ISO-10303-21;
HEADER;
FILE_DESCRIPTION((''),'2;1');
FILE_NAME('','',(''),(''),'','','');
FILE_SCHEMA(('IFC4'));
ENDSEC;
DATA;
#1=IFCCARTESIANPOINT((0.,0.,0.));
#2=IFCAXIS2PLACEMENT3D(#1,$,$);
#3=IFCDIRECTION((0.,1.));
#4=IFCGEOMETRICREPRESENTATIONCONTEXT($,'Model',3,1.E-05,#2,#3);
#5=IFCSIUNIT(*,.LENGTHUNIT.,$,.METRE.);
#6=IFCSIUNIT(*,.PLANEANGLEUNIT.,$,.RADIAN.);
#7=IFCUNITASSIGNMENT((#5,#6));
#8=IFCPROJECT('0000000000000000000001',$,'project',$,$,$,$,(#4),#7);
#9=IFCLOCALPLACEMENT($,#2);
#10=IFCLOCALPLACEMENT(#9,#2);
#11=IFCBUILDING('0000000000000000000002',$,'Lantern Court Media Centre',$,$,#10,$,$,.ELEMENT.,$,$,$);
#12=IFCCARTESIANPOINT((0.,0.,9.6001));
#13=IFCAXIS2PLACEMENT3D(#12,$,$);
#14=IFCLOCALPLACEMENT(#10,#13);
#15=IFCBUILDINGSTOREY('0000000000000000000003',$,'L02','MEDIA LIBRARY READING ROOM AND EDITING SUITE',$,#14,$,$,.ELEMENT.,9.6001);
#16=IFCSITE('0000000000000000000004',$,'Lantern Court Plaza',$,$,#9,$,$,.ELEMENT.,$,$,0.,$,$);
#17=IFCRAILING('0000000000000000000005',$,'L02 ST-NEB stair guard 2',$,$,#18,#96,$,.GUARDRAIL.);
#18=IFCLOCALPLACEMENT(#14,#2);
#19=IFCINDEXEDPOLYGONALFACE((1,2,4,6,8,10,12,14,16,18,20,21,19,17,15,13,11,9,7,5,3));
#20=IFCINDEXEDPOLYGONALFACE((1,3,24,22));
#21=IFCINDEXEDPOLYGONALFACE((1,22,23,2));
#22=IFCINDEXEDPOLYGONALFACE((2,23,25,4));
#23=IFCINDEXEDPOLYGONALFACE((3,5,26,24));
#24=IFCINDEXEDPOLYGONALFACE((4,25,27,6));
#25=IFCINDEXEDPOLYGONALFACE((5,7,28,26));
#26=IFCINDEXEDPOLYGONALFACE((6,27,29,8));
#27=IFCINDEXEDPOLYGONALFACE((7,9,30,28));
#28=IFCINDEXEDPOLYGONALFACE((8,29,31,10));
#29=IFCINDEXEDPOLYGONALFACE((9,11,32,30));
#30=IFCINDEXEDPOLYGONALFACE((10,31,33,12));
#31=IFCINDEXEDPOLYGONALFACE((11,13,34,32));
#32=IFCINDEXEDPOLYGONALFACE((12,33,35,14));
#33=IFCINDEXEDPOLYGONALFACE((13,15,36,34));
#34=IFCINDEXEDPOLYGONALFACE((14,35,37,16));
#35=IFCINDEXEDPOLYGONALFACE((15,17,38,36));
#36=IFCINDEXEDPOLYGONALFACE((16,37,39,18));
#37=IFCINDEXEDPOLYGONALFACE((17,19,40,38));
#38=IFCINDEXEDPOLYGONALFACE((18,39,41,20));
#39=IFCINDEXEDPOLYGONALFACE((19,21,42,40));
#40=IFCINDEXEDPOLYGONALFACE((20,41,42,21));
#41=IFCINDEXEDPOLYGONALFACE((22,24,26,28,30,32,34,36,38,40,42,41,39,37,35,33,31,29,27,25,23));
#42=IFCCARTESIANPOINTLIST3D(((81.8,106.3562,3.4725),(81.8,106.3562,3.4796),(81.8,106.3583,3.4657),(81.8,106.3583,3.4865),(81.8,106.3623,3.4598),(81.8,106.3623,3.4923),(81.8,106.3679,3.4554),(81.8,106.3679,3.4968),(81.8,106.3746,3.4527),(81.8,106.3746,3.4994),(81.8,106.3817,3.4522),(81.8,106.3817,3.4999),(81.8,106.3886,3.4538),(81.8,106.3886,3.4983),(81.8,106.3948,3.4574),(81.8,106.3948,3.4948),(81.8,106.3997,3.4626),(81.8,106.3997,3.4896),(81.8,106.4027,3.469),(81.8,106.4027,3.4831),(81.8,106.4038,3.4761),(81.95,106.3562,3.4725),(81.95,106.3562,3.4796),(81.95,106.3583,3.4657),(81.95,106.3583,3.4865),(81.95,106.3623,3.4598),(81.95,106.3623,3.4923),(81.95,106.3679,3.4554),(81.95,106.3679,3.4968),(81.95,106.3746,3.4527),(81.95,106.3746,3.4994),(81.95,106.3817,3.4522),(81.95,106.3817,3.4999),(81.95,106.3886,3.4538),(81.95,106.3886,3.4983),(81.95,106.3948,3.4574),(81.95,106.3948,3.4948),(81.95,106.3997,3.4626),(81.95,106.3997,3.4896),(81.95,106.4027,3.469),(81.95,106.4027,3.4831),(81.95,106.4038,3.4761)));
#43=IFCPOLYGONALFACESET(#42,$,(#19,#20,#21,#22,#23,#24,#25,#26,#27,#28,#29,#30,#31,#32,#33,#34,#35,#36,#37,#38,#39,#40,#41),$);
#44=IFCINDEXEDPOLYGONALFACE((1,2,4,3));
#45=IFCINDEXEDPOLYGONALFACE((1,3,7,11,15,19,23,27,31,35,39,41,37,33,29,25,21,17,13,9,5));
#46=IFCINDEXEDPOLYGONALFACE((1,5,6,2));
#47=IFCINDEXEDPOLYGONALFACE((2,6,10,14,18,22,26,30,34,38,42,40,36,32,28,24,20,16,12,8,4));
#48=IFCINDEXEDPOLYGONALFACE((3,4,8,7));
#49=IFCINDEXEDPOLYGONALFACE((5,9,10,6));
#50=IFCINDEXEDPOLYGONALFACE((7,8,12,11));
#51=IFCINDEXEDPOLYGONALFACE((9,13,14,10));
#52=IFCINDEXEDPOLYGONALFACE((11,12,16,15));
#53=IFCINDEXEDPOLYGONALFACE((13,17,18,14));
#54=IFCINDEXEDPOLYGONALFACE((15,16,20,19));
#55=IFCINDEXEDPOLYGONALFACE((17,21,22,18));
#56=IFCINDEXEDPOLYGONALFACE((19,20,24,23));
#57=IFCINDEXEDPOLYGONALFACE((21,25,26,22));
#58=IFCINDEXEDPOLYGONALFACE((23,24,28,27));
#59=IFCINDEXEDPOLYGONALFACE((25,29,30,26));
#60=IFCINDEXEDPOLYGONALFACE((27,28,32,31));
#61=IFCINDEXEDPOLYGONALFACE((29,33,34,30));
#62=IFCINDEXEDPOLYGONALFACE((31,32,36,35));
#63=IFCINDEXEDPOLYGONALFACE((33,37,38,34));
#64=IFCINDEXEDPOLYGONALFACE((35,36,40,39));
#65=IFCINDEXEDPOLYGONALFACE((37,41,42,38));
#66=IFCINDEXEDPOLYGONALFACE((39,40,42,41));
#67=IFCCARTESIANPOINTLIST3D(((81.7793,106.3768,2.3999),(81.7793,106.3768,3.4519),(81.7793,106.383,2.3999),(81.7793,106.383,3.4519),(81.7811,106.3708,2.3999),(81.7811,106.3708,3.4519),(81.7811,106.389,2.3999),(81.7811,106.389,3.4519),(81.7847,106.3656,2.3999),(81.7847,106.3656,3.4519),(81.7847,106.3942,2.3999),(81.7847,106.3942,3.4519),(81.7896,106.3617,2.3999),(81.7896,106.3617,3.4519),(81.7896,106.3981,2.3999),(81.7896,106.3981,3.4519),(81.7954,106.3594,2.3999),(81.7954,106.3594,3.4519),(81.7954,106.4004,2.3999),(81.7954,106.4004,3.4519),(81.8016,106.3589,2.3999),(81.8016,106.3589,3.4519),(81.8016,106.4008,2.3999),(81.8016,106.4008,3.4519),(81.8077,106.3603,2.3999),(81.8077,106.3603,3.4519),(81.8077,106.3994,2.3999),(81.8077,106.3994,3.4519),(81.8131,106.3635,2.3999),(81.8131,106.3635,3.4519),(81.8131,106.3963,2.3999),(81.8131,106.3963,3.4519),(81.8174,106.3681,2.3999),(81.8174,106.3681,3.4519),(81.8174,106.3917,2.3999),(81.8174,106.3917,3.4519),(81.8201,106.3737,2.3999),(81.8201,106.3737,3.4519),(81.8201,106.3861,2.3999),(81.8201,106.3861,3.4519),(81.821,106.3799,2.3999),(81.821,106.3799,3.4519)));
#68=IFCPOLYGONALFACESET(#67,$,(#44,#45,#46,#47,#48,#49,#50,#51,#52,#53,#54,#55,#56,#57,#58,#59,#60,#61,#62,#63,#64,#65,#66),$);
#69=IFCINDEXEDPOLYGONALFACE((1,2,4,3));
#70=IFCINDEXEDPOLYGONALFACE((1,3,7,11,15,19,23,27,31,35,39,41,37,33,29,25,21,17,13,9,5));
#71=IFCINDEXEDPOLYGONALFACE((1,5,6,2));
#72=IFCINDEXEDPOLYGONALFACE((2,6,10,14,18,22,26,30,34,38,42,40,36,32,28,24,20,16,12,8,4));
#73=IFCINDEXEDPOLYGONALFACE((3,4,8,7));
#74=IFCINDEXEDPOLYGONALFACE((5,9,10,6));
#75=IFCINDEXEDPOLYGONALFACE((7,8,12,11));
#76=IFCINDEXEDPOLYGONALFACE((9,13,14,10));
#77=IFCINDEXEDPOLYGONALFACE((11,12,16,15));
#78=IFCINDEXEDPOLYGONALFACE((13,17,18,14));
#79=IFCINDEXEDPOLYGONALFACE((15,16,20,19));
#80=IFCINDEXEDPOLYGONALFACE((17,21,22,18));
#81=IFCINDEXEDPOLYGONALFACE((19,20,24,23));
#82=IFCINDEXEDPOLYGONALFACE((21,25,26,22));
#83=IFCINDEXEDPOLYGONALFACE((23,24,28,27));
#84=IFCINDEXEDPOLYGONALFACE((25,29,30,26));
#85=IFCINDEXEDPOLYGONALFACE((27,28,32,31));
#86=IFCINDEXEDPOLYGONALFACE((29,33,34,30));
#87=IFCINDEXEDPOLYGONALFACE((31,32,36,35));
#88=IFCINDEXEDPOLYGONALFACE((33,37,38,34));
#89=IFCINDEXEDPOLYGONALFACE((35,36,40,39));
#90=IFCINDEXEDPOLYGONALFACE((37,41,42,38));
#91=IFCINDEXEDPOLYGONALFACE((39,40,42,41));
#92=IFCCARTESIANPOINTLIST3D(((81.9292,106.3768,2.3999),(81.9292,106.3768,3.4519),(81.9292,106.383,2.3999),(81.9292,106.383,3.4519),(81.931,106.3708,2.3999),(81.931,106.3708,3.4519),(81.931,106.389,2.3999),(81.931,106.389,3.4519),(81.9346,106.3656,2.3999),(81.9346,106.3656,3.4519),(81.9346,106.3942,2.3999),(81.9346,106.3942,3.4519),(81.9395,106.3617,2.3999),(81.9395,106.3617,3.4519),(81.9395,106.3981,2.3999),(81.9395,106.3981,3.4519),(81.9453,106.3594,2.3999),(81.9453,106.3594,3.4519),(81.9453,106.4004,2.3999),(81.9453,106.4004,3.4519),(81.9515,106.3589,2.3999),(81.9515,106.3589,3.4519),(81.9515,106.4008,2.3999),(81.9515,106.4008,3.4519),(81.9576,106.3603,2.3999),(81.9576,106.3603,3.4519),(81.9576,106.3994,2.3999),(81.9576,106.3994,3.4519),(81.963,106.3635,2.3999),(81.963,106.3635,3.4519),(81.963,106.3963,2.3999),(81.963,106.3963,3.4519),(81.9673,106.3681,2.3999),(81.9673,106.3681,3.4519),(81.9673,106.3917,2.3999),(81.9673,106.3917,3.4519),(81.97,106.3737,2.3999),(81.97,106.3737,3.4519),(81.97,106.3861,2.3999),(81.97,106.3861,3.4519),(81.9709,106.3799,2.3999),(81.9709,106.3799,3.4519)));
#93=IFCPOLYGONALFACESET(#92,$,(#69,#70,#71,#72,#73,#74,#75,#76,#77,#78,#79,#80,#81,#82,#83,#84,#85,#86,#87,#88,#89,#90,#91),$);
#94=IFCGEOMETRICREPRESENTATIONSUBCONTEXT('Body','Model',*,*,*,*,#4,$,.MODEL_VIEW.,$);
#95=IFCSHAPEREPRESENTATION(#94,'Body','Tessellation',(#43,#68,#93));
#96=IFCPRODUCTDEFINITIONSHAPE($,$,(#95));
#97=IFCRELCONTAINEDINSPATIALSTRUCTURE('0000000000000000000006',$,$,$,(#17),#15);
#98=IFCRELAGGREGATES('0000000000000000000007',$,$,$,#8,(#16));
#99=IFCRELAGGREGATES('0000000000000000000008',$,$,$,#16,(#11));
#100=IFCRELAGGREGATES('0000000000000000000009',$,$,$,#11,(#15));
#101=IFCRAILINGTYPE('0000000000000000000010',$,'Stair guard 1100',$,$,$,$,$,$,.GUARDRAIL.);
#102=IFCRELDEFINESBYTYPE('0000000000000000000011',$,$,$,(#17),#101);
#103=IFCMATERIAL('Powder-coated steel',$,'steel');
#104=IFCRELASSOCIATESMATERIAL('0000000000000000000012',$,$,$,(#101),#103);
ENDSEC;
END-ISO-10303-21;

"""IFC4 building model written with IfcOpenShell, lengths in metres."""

from ifc_helpers import new_model, si_unit, direction, frame, origin, origin_2d, place, context, subcontext, project, spatial, circle, extrude, material, type_object, element, save


model = new_model("IFC4")

# Units and contexts
model_context = context("Model", 3, precision=1e-05, world=origin(), true_north=direction((0.0, 1.0)))
body_context = subcontext(model_context, "Body", "Model", "MODEL_VIEW")
ifc_project = project(units=[si_unit("LENGTHUNIT", "METRE"), si_unit("PLANEANGLEUNIT", "RADIAN")], contexts=[model_context])

# Site, building, storey
site_placement = place(None, origin())
site = spatial("IfcSite", under=ifc_project, at=site_placement, Name="Lantern Court Plaza", CompositionType="ELEMENT", RefElevation=0.0)
building_placement = place(site_placement, origin())
building = spatial("IfcBuilding", under=site, at=building_placement, Name="Lantern Court Media Centre", CompositionType="ELEMENT")
storey_placement = place(building_placement, frame((0.0, 0.0, 9.6001)))
storey = spatial("IfcBuildingStorey", under=building, at=storey_placement, Name="L02", Description="MEDIA LIBRARY READING ROOM AND EDITING SUITE", CompositionType="ELEMENT", Elevation=9.6001)

# Shared definitions
ifc_material_1 = material(Name="Powder-coated steel", Category="steel")

# Railing
railing_type_1 = type_object("IfcRailingType", Name="Stair guard 1100", PredefinedType="GUARDRAIL", material=ifc_material_1)
railing_1_placement = place(storey_placement, frame((81.8, 106.3799, 2.3999)))
element("IfcRailing", 1, at=railing_1_placement, inside=storey, type_object=railing_type_1, Name="L02 ST-NEB stair guard 2", PredefinedType="GUARDRAIL", context=body_context, shape_type="SweptSolid", body=[
    extrude(circle(Radius=0.0239, at=origin_2d()), frame((0.0, 0.0, 1.0762), z_axis=(1.0, 0.0, 0.0), x_axis=(0.0, 1.0, 0.0)), (0.0, 0.0, 1.0), 0.1499),
    extrude(circle(Radius=0.021, at=origin_2d()), origin(), (0.0, 0.0, 1.0), 1.052),
    extrude(circle(Radius=0.021, at=origin_2d()), frame((0.1499, 0.0, 0.0)), (0.0, 0.0, 1.0), 1.052),
])

save(model, "model.ifc")
